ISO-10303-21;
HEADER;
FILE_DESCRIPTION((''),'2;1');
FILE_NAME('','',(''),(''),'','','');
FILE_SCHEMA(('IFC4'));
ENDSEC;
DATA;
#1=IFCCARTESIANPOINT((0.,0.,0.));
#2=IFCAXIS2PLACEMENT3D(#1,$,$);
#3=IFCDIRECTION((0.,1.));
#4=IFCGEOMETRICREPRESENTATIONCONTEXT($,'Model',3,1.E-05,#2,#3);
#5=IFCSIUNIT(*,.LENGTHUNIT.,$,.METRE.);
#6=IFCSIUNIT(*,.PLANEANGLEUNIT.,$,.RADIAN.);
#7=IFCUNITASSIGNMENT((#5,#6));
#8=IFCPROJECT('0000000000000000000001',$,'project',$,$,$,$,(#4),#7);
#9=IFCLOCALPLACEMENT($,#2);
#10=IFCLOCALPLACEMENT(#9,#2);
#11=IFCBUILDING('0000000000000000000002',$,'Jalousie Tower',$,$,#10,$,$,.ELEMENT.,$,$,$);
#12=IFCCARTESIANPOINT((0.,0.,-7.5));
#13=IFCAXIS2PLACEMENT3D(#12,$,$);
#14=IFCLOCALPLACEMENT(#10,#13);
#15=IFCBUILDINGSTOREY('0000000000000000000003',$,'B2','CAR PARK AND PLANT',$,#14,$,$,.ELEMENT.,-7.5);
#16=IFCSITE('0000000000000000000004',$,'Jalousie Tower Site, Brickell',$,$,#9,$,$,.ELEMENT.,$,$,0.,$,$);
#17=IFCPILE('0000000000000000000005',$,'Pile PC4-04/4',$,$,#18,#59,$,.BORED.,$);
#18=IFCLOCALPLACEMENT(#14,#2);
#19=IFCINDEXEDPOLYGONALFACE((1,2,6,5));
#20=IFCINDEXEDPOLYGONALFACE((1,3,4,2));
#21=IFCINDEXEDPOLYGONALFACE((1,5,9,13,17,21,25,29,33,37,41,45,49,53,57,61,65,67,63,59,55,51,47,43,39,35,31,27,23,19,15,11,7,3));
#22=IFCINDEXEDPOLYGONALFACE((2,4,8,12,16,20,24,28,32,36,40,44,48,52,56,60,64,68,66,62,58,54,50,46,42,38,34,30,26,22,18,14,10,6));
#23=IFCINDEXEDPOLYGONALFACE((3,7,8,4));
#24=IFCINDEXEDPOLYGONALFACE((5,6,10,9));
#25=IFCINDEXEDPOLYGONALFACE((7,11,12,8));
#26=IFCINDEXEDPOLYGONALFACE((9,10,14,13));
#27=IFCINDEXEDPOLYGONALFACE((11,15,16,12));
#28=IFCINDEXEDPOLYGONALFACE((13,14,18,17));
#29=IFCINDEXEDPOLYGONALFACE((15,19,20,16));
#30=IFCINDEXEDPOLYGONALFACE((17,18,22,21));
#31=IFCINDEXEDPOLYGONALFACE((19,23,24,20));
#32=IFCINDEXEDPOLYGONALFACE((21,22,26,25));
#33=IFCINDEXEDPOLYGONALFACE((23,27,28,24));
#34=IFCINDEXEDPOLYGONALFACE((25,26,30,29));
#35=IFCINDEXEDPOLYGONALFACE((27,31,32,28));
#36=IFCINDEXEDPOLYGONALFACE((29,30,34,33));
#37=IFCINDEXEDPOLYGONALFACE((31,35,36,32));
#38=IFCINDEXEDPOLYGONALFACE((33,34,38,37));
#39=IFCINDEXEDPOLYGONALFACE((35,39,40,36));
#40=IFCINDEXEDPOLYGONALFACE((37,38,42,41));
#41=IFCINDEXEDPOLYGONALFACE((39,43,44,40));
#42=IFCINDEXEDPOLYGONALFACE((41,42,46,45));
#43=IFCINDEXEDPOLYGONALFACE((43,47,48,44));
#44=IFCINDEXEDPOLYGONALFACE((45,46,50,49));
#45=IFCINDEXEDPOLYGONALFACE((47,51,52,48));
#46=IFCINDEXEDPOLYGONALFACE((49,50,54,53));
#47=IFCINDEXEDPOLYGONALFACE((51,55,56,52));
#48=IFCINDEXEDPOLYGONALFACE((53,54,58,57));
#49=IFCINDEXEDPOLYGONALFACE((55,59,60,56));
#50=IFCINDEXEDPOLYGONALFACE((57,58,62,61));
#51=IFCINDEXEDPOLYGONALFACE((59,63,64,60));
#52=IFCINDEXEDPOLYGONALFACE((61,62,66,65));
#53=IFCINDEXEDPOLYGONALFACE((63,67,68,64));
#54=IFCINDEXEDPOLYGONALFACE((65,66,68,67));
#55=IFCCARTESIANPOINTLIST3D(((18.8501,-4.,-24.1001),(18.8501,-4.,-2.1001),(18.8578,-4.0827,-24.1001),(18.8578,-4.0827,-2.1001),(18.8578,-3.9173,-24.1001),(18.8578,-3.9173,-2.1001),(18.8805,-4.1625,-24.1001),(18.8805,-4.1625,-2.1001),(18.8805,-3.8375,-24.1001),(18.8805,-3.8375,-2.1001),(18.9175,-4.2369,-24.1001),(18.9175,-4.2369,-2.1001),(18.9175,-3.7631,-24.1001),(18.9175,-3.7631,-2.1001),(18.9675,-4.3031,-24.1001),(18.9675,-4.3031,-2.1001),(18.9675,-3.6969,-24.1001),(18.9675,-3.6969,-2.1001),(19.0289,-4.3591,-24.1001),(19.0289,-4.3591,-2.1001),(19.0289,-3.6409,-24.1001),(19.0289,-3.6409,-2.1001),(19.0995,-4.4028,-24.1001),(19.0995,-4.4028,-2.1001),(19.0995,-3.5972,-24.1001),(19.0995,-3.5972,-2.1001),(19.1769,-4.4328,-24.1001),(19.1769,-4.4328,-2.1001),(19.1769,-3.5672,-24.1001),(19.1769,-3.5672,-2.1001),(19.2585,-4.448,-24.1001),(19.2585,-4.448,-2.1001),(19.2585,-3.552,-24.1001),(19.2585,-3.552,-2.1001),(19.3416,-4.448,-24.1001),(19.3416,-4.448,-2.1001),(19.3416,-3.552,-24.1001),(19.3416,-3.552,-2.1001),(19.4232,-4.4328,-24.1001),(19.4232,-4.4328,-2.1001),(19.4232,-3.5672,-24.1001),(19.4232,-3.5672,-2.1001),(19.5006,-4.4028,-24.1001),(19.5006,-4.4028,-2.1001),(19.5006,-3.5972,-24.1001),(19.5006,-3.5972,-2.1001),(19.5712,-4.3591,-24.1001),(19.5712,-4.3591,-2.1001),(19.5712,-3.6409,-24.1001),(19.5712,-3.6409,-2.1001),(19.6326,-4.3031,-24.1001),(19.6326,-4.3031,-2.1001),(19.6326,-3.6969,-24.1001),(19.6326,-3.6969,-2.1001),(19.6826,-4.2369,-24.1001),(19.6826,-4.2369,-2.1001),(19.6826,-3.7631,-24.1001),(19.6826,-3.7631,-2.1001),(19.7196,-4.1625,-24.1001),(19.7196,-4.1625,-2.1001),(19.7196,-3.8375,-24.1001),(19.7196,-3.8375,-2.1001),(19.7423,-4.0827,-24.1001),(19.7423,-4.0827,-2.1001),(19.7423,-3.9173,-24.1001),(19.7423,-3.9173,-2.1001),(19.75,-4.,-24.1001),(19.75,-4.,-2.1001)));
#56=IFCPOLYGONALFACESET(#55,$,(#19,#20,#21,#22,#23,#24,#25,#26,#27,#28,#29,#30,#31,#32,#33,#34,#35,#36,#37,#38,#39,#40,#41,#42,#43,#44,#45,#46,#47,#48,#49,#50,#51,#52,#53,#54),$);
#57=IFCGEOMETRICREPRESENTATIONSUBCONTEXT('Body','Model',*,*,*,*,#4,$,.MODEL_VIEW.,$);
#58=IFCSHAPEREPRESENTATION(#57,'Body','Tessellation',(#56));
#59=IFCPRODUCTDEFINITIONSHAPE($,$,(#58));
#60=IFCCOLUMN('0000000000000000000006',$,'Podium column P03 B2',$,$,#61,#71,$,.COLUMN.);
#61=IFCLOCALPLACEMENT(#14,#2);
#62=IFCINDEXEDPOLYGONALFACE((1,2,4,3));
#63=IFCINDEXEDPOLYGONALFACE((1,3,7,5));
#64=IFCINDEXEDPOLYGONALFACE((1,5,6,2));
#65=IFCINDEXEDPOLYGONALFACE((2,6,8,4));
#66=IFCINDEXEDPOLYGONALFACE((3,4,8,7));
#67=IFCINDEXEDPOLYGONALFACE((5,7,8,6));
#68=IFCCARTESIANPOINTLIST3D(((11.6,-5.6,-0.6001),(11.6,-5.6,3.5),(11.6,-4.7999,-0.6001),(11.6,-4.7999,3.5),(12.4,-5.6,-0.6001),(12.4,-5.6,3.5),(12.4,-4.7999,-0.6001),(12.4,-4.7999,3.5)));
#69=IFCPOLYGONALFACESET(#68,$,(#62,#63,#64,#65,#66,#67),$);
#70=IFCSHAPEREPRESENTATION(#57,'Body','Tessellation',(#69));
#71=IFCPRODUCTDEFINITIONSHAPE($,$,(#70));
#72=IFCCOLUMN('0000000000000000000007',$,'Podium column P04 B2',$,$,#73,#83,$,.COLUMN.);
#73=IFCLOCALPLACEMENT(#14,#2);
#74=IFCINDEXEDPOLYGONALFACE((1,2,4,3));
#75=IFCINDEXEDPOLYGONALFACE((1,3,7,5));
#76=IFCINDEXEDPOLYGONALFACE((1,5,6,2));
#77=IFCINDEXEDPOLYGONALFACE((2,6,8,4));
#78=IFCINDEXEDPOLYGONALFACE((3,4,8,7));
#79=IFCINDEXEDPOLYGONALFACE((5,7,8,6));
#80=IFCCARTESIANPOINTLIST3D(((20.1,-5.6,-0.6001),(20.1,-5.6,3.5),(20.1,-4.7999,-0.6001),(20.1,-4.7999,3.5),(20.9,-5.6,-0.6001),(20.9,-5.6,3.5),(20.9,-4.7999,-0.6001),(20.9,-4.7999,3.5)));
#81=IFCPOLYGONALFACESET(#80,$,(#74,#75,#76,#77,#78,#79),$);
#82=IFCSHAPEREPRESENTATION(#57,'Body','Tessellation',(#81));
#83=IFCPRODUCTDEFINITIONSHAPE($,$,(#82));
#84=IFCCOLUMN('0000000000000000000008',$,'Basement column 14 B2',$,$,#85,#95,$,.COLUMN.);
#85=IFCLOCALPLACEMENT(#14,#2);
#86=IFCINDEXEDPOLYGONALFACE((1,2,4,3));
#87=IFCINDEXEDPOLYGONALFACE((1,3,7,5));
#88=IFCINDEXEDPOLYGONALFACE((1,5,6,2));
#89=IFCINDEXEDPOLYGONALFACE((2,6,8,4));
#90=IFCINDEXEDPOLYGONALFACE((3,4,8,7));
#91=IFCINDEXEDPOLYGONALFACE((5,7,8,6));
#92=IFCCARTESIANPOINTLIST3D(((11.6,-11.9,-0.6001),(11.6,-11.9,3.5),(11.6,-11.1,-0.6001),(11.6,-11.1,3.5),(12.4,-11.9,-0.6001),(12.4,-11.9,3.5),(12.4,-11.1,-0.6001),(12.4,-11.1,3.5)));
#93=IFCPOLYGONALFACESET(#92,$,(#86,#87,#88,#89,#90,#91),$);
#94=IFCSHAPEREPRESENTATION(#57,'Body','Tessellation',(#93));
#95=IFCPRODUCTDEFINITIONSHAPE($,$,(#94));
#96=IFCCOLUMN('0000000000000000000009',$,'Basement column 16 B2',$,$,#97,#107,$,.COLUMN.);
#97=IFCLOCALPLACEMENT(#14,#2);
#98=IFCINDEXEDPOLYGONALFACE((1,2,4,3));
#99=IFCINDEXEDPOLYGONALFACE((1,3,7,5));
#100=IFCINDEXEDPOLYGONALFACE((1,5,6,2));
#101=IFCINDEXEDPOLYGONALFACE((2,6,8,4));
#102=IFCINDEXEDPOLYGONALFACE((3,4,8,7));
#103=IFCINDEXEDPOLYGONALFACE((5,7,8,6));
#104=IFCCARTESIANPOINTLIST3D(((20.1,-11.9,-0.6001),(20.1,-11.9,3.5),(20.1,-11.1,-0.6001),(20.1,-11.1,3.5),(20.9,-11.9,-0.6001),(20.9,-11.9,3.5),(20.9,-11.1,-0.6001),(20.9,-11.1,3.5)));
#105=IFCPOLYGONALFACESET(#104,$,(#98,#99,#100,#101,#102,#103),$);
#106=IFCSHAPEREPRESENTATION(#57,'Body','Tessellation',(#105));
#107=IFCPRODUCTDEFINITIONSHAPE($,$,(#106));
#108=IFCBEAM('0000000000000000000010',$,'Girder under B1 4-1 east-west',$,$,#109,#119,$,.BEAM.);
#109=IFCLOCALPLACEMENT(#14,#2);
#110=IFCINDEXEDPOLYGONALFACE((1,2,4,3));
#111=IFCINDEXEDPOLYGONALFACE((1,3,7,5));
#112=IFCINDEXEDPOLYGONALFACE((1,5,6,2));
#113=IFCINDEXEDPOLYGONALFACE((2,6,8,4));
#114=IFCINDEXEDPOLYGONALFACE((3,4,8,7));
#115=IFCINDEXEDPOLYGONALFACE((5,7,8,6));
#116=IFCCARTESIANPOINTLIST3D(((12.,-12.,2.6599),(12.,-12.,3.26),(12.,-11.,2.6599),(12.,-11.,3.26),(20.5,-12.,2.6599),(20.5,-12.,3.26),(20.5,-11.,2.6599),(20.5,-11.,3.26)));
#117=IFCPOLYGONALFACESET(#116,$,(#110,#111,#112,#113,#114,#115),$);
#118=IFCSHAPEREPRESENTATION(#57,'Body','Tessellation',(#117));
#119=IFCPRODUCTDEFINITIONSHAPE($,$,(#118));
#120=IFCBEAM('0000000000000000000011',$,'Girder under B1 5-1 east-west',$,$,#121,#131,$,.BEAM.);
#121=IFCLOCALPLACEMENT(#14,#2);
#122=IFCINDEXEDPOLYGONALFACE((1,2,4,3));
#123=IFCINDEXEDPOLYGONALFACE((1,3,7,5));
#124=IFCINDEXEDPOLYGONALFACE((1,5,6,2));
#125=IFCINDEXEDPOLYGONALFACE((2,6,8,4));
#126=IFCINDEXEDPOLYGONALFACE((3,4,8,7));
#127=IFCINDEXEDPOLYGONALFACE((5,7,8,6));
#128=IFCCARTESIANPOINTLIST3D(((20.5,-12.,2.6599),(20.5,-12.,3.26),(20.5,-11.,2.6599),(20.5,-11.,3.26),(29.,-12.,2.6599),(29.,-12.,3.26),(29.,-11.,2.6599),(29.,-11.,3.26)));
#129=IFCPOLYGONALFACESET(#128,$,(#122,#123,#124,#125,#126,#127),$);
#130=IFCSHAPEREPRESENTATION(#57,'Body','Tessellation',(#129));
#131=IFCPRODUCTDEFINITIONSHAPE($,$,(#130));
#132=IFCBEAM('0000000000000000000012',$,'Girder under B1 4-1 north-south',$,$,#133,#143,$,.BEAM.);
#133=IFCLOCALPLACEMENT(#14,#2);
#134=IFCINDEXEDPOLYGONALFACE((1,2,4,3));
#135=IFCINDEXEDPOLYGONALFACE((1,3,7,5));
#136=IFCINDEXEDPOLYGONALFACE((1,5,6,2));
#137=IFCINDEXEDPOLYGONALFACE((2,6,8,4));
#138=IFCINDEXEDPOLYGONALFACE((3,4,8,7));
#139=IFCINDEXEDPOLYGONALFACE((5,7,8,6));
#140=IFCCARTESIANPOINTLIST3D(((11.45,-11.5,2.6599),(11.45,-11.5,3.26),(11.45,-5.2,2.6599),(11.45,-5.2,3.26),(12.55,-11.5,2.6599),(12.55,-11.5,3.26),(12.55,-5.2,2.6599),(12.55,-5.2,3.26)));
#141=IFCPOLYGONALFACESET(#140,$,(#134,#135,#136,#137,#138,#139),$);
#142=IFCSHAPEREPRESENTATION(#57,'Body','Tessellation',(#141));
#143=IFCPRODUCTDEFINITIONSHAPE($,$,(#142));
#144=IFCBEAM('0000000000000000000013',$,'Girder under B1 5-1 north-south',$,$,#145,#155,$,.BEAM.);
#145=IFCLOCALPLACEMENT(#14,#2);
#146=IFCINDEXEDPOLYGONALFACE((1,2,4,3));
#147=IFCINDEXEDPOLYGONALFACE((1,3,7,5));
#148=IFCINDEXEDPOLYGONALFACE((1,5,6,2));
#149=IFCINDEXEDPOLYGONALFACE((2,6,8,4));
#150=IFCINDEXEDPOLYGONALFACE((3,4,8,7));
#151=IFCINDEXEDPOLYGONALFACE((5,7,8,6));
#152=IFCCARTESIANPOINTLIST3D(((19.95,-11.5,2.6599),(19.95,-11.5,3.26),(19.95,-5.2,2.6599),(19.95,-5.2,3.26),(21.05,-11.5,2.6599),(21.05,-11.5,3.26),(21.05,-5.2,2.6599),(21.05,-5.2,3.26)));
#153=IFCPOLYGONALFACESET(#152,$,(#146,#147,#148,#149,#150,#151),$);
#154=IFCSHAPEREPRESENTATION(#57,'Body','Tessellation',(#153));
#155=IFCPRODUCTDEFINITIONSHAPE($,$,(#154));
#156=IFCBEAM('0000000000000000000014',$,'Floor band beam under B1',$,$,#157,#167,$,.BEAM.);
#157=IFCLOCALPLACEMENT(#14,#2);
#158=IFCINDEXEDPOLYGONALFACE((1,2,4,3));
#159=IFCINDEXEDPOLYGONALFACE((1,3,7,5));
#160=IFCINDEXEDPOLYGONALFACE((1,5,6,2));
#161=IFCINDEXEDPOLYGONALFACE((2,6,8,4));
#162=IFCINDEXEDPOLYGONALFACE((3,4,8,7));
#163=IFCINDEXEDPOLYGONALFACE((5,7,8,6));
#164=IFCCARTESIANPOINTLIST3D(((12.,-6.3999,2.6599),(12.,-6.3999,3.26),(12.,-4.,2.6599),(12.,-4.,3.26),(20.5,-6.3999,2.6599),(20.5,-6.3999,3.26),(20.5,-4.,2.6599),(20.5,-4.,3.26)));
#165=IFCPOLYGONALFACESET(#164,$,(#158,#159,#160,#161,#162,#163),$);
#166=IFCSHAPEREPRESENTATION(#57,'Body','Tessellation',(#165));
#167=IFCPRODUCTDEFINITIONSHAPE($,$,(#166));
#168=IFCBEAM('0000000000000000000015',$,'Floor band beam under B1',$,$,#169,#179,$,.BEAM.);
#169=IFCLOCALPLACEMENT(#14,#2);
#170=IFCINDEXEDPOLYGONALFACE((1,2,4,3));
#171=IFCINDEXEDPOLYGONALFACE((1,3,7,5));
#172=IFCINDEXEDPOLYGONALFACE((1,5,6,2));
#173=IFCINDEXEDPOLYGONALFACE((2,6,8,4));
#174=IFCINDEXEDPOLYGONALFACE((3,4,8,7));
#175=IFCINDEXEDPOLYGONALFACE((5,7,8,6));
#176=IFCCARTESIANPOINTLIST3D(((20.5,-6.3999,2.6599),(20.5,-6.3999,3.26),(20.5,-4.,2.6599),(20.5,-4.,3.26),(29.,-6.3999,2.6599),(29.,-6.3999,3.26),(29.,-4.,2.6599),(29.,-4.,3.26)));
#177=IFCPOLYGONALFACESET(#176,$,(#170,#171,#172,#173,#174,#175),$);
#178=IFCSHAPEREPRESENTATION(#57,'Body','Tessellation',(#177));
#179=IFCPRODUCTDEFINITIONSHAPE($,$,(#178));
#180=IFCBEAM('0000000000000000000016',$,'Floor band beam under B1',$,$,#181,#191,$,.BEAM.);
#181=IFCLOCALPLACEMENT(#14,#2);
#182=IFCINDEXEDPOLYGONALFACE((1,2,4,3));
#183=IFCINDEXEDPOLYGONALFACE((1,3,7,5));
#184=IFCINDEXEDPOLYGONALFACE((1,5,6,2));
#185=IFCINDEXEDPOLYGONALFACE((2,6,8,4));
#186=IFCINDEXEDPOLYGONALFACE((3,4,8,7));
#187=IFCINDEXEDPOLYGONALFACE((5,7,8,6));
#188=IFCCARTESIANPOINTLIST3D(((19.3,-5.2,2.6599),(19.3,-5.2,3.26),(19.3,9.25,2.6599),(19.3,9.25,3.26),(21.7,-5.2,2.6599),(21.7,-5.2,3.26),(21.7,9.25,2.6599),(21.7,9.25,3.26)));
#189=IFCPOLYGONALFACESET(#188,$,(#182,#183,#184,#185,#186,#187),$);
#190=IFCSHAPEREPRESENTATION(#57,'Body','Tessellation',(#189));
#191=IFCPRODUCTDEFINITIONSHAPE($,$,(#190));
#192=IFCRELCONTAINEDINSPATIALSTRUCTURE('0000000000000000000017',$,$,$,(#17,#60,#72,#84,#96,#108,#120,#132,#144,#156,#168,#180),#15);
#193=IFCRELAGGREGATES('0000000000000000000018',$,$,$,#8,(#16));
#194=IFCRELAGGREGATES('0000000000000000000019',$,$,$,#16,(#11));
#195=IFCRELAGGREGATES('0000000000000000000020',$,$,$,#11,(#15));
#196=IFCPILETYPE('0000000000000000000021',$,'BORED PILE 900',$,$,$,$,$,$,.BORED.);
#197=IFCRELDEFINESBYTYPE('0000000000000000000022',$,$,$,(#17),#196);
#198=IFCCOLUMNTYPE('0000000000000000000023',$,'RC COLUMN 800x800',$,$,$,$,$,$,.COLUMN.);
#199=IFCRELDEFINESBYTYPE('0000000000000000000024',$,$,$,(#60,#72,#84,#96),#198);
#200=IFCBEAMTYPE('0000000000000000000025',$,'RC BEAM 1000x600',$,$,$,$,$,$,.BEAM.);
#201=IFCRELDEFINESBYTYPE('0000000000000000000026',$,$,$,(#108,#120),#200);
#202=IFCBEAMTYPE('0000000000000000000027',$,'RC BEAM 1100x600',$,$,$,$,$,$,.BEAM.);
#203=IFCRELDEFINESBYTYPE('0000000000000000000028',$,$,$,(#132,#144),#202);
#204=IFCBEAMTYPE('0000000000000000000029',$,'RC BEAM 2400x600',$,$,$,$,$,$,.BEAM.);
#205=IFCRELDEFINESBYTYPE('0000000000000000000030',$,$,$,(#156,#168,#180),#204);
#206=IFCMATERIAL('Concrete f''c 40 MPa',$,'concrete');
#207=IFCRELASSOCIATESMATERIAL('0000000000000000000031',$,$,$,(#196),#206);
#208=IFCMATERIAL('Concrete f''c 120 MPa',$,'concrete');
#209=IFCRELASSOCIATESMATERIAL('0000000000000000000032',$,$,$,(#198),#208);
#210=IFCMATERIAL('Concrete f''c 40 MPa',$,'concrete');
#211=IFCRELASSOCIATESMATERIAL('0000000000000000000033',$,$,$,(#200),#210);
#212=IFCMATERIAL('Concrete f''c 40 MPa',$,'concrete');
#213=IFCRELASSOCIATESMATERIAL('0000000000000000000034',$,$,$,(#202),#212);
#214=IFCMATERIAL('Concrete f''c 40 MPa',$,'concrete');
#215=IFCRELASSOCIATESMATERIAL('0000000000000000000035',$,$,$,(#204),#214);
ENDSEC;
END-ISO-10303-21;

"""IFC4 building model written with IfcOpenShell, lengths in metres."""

from ifc_helpers import new_model, si_unit, direction, frame, origin, origin_2d, place, context, subcontext, project, spatial, rectangle, circle, extrude, material, material_profile, profile_set, type_object, element, save


model = new_model("IFC4")

# Units and contexts
model_context = context("Model", 3, precision=1e-05, world=origin(), true_north=direction((0.0, 1.0)))
body_context = subcontext(model_context, "Body", "Model", "MODEL_VIEW")
ifc_project = project(units=[si_unit("LENGTHUNIT", "METRE"), si_unit("PLANEANGLEUNIT", "RADIAN")], contexts=[model_context])

# Site, building, storey
site_placement = place(None, origin())
site = spatial("IfcSite", under=ifc_project, at=site_placement, Name="Jalousie Tower Site, Brickell", CompositionType="ELEMENT", RefElevation=0.0)
building_placement = place(site_placement, origin())
building = spatial("IfcBuilding", under=site, at=building_placement, Name="Jalousie Tower", CompositionType="ELEMENT")
storey_placement = place(building_placement, frame((0.0, 0.0, -7.5)))
storey = spatial("IfcBuildingStorey", under=building, at=storey_placement, Name="B2", Description="CAR PARK AND PLANT", CompositionType="ELEMENT", Elevation=-7.5)

# Pile
ifc_material_1 = material(Name="Concrete f'c 40 MPa", Category="concrete")
ifc_material_profile_1 = material_profile(ifc_material_1, circle(Radius=0.45, at=origin_2d()), Name="BORED PILE D900")
ifc_profile_set_1 = profile_set([ifc_material_profile_1], Name="Concrete f'c 40 MPa")
pile_type_1 = type_object("IfcPileType", Name="BORED PILE 900", PredefinedType="BORED", material=ifc_profile_set_1)
for number, where, z_axis, x_axis, name in (
    (1, (19.3, -4.0, -2.1001), (0.0, 0.0, -1.0), (1.0, 0.0, 0.0), "Pile PC4-04/4"),
):
    element("IfcPile", number, at=place(storey_placement, frame(where, z_axis=z_axis, x_axis=x_axis)), inside=storey, type_object=pile_type_1, Name=name, PredefinedType="BORED", context=body_context, shape_type="SweptSolid", body=[
        extrude(circle(Radius=0.45, at=origin_2d()), origin(), (0.0, 0.0, 1.0), 22.0),
    ])

# Columns
ifc_material_2 = material(Name="Concrete f'c 120 MPa", Category="concrete")
ifc_material_profile_2 = material_profile(ifc_material_2, rectangle(XDim=0.8, YDim=0.8, at=origin_2d()), Name="RC 800x800")
ifc_profile_set_2 = profile_set([ifc_material_profile_2], Name="Concrete f'c 120 MPa")
column_type = type_object("IfcColumnType", Name="RC COLUMN 800x800", PredefinedType="COLUMN", material=ifc_profile_set_2)
for number, where, z_axis, x_axis, name in (
    (2, (12.0, -5.2, -0.6001), (0.0, 0.0, 1.0), (1.0, 0.0, 0.0), "Podium column P03 B2"),
    (3, (20.5, -5.2, -0.6001), (0.0, 0.0, 1.0), (1.0, 0.0, 0.0), "Podium column P04 B2"),
    (4, (12.0, -11.5, -0.6001), (0.0, 0.0, 1.0), (1.0, 0.0, 0.0), "Basement column 14 B2"),
    (5, (20.5, -11.5, -0.6001), (0.0, 0.0, 1.0), (1.0, 0.0, 0.0), "Basement column 16 B2"),
):
    element("IfcColumn", number, at=place(storey_placement, frame(where, z_axis=z_axis, x_axis=x_axis)), inside=storey, type_object=column_type, Name=name, PredefinedType="COLUMN", context=body_context, shape_type="SweptSolid", body=[
        extrude(rectangle(XDim=0.8, YDim=0.8, at=origin_2d()), origin(), (0.0, 0.0, 1.0), 4.1001),
    ])

# Beams
ifc_material_3 = material(Name="Concrete f'c 40 MPa", Category="concrete")
ifc_material_profile_3 = material_profile(ifc_material_3, rectangle(XDim=1.0, YDim=0.6001, at=origin_2d()), Name="RC 1000x600")
ifc_profile_set_3 = profile_set([ifc_material_profile_3], Name="Concrete f'c 40 MPa")
beam_type_1 = type_object("IfcBeamType", Name="RC BEAM 1000x600", PredefinedType="BEAM", material=ifc_profile_set_3)
for number, where, z_axis, x_axis, name in (
    (6, (12.0, -11.5, 2.96), (1.0, 0.0, 0.0), (0.0, 1.0, 0.0), "Girder under B1 4-1 east-west"),
    (7, (20.5, -11.5, 2.96), (1.0, 0.0, 0.0), (0.0, 1.0, 0.0), "Girder under B1 5-1 east-west"),
):
    element("IfcBeam", number, at=place(storey_placement, frame(where, z_axis=z_axis, x_axis=x_axis)), inside=storey, type_object=beam_type_1, Name=name, PredefinedType="BEAM", context=body_context, shape_type="SweptSolid", body=[
        extrude(rectangle(XDim=1.0, YDim=0.6001, at=origin_2d()), origin(), (0.0, 0.0, 1.0), 8.5),
    ])
ifc_material_4 = material(Name="Concrete f'c 40 MPa", Category="concrete")
ifc_material_profile_4 = material_profile(ifc_material_4, rectangle(XDim=1.1001, YDim=0.6001, at=origin_2d()), Name="RC 1100x600")
ifc_profile_set_4 = profile_set([ifc_material_profile_4], Name="Concrete f'c 40 MPa")
beam_type_2 = type_object("IfcBeamType", Name="RC BEAM 1100x600", PredefinedType="BEAM", material=ifc_profile_set_4)
for number, where, z_axis, x_axis, name in (
    (8, (12.0, -11.5, 2.96), (0.0, 1.0, 0.0), (-1.0, 0.0, 0.0), "Girder under B1 4-1 north-south"),
    (9, (20.5, -11.5, 2.96), (0.0, 1.0, 0.0), (-1.0, 0.0, 0.0), "Girder under B1 5-1 north-south"),
):
    element("IfcBeam", number, at=place(storey_placement, frame(where, z_axis=z_axis, x_axis=x_axis)), inside=storey, type_object=beam_type_2, Name=name, PredefinedType="BEAM", context=body_context, shape_type="SweptSolid", body=[
        extrude(rectangle(XDim=1.1001, YDim=0.6001, at=origin_2d()), origin(), (0.0, 0.0, 1.0), 6.3),
    ])
ifc_material_5 = material(Name="Concrete f'c 40 MPa", Category="concrete")
ifc_material_profile_5 = material_profile(ifc_material_5, rectangle(XDim=2.3999, YDim=0.6001, at=origin_2d()), Name="RC 2400x600")
ifc_profile_set_5 = profile_set([ifc_material_profile_5], Name="Concrete f'c 40 MPa")
beam_type_3 = type_object("IfcBeamType", Name="RC BEAM 2400x600", PredefinedType="BEAM", material=ifc_profile_set_5)
for number, where, z_axis, x_axis, name in (
    (10, (12.0, -5.2, 2.96), (1.0, 0.0, 0.0), (0.0, 1.0, 0.0), "Floor band beam under B1"),
    (11, (20.5, -5.2, 2.96), (1.0, 0.0, 0.0), (0.0, 1.0, 0.0), "Floor band beam under B1"),
):
    element("IfcBeam", number, at=place(storey_placement, frame(where, z_axis=z_axis, x_axis=x_axis)), inside=storey, type_object=beam_type_3, Name=name, PredefinedType="BEAM", context=body_context, shape_type="SweptSolid", body=[
        extrude(rectangle(XDim=2.3999, YDim=0.6001, at=origin_2d()), origin(), (0.0, 0.0, 1.0), 8.5),
    ])
beam_placement = place(storey_placement, frame((20.5, -5.2, 2.96), z_axis=(0.0, 1.0, 0.0), x_axis=(-1.0, 0.0, 0.0)))
element("IfcBeam", 12, at=beam_placement, inside=storey, type_object=beam_type_3, Name="Floor band beam under B1", PredefinedType="BEAM", context=body_context, shape_type="SweptSolid", body=[
    extrude(rectangle(XDim=2.3999, YDim=0.6001, at=origin_2d()), origin(), (0.0, 0.0, 1.0), 14.45),
])

save(model, "model.ifc")
